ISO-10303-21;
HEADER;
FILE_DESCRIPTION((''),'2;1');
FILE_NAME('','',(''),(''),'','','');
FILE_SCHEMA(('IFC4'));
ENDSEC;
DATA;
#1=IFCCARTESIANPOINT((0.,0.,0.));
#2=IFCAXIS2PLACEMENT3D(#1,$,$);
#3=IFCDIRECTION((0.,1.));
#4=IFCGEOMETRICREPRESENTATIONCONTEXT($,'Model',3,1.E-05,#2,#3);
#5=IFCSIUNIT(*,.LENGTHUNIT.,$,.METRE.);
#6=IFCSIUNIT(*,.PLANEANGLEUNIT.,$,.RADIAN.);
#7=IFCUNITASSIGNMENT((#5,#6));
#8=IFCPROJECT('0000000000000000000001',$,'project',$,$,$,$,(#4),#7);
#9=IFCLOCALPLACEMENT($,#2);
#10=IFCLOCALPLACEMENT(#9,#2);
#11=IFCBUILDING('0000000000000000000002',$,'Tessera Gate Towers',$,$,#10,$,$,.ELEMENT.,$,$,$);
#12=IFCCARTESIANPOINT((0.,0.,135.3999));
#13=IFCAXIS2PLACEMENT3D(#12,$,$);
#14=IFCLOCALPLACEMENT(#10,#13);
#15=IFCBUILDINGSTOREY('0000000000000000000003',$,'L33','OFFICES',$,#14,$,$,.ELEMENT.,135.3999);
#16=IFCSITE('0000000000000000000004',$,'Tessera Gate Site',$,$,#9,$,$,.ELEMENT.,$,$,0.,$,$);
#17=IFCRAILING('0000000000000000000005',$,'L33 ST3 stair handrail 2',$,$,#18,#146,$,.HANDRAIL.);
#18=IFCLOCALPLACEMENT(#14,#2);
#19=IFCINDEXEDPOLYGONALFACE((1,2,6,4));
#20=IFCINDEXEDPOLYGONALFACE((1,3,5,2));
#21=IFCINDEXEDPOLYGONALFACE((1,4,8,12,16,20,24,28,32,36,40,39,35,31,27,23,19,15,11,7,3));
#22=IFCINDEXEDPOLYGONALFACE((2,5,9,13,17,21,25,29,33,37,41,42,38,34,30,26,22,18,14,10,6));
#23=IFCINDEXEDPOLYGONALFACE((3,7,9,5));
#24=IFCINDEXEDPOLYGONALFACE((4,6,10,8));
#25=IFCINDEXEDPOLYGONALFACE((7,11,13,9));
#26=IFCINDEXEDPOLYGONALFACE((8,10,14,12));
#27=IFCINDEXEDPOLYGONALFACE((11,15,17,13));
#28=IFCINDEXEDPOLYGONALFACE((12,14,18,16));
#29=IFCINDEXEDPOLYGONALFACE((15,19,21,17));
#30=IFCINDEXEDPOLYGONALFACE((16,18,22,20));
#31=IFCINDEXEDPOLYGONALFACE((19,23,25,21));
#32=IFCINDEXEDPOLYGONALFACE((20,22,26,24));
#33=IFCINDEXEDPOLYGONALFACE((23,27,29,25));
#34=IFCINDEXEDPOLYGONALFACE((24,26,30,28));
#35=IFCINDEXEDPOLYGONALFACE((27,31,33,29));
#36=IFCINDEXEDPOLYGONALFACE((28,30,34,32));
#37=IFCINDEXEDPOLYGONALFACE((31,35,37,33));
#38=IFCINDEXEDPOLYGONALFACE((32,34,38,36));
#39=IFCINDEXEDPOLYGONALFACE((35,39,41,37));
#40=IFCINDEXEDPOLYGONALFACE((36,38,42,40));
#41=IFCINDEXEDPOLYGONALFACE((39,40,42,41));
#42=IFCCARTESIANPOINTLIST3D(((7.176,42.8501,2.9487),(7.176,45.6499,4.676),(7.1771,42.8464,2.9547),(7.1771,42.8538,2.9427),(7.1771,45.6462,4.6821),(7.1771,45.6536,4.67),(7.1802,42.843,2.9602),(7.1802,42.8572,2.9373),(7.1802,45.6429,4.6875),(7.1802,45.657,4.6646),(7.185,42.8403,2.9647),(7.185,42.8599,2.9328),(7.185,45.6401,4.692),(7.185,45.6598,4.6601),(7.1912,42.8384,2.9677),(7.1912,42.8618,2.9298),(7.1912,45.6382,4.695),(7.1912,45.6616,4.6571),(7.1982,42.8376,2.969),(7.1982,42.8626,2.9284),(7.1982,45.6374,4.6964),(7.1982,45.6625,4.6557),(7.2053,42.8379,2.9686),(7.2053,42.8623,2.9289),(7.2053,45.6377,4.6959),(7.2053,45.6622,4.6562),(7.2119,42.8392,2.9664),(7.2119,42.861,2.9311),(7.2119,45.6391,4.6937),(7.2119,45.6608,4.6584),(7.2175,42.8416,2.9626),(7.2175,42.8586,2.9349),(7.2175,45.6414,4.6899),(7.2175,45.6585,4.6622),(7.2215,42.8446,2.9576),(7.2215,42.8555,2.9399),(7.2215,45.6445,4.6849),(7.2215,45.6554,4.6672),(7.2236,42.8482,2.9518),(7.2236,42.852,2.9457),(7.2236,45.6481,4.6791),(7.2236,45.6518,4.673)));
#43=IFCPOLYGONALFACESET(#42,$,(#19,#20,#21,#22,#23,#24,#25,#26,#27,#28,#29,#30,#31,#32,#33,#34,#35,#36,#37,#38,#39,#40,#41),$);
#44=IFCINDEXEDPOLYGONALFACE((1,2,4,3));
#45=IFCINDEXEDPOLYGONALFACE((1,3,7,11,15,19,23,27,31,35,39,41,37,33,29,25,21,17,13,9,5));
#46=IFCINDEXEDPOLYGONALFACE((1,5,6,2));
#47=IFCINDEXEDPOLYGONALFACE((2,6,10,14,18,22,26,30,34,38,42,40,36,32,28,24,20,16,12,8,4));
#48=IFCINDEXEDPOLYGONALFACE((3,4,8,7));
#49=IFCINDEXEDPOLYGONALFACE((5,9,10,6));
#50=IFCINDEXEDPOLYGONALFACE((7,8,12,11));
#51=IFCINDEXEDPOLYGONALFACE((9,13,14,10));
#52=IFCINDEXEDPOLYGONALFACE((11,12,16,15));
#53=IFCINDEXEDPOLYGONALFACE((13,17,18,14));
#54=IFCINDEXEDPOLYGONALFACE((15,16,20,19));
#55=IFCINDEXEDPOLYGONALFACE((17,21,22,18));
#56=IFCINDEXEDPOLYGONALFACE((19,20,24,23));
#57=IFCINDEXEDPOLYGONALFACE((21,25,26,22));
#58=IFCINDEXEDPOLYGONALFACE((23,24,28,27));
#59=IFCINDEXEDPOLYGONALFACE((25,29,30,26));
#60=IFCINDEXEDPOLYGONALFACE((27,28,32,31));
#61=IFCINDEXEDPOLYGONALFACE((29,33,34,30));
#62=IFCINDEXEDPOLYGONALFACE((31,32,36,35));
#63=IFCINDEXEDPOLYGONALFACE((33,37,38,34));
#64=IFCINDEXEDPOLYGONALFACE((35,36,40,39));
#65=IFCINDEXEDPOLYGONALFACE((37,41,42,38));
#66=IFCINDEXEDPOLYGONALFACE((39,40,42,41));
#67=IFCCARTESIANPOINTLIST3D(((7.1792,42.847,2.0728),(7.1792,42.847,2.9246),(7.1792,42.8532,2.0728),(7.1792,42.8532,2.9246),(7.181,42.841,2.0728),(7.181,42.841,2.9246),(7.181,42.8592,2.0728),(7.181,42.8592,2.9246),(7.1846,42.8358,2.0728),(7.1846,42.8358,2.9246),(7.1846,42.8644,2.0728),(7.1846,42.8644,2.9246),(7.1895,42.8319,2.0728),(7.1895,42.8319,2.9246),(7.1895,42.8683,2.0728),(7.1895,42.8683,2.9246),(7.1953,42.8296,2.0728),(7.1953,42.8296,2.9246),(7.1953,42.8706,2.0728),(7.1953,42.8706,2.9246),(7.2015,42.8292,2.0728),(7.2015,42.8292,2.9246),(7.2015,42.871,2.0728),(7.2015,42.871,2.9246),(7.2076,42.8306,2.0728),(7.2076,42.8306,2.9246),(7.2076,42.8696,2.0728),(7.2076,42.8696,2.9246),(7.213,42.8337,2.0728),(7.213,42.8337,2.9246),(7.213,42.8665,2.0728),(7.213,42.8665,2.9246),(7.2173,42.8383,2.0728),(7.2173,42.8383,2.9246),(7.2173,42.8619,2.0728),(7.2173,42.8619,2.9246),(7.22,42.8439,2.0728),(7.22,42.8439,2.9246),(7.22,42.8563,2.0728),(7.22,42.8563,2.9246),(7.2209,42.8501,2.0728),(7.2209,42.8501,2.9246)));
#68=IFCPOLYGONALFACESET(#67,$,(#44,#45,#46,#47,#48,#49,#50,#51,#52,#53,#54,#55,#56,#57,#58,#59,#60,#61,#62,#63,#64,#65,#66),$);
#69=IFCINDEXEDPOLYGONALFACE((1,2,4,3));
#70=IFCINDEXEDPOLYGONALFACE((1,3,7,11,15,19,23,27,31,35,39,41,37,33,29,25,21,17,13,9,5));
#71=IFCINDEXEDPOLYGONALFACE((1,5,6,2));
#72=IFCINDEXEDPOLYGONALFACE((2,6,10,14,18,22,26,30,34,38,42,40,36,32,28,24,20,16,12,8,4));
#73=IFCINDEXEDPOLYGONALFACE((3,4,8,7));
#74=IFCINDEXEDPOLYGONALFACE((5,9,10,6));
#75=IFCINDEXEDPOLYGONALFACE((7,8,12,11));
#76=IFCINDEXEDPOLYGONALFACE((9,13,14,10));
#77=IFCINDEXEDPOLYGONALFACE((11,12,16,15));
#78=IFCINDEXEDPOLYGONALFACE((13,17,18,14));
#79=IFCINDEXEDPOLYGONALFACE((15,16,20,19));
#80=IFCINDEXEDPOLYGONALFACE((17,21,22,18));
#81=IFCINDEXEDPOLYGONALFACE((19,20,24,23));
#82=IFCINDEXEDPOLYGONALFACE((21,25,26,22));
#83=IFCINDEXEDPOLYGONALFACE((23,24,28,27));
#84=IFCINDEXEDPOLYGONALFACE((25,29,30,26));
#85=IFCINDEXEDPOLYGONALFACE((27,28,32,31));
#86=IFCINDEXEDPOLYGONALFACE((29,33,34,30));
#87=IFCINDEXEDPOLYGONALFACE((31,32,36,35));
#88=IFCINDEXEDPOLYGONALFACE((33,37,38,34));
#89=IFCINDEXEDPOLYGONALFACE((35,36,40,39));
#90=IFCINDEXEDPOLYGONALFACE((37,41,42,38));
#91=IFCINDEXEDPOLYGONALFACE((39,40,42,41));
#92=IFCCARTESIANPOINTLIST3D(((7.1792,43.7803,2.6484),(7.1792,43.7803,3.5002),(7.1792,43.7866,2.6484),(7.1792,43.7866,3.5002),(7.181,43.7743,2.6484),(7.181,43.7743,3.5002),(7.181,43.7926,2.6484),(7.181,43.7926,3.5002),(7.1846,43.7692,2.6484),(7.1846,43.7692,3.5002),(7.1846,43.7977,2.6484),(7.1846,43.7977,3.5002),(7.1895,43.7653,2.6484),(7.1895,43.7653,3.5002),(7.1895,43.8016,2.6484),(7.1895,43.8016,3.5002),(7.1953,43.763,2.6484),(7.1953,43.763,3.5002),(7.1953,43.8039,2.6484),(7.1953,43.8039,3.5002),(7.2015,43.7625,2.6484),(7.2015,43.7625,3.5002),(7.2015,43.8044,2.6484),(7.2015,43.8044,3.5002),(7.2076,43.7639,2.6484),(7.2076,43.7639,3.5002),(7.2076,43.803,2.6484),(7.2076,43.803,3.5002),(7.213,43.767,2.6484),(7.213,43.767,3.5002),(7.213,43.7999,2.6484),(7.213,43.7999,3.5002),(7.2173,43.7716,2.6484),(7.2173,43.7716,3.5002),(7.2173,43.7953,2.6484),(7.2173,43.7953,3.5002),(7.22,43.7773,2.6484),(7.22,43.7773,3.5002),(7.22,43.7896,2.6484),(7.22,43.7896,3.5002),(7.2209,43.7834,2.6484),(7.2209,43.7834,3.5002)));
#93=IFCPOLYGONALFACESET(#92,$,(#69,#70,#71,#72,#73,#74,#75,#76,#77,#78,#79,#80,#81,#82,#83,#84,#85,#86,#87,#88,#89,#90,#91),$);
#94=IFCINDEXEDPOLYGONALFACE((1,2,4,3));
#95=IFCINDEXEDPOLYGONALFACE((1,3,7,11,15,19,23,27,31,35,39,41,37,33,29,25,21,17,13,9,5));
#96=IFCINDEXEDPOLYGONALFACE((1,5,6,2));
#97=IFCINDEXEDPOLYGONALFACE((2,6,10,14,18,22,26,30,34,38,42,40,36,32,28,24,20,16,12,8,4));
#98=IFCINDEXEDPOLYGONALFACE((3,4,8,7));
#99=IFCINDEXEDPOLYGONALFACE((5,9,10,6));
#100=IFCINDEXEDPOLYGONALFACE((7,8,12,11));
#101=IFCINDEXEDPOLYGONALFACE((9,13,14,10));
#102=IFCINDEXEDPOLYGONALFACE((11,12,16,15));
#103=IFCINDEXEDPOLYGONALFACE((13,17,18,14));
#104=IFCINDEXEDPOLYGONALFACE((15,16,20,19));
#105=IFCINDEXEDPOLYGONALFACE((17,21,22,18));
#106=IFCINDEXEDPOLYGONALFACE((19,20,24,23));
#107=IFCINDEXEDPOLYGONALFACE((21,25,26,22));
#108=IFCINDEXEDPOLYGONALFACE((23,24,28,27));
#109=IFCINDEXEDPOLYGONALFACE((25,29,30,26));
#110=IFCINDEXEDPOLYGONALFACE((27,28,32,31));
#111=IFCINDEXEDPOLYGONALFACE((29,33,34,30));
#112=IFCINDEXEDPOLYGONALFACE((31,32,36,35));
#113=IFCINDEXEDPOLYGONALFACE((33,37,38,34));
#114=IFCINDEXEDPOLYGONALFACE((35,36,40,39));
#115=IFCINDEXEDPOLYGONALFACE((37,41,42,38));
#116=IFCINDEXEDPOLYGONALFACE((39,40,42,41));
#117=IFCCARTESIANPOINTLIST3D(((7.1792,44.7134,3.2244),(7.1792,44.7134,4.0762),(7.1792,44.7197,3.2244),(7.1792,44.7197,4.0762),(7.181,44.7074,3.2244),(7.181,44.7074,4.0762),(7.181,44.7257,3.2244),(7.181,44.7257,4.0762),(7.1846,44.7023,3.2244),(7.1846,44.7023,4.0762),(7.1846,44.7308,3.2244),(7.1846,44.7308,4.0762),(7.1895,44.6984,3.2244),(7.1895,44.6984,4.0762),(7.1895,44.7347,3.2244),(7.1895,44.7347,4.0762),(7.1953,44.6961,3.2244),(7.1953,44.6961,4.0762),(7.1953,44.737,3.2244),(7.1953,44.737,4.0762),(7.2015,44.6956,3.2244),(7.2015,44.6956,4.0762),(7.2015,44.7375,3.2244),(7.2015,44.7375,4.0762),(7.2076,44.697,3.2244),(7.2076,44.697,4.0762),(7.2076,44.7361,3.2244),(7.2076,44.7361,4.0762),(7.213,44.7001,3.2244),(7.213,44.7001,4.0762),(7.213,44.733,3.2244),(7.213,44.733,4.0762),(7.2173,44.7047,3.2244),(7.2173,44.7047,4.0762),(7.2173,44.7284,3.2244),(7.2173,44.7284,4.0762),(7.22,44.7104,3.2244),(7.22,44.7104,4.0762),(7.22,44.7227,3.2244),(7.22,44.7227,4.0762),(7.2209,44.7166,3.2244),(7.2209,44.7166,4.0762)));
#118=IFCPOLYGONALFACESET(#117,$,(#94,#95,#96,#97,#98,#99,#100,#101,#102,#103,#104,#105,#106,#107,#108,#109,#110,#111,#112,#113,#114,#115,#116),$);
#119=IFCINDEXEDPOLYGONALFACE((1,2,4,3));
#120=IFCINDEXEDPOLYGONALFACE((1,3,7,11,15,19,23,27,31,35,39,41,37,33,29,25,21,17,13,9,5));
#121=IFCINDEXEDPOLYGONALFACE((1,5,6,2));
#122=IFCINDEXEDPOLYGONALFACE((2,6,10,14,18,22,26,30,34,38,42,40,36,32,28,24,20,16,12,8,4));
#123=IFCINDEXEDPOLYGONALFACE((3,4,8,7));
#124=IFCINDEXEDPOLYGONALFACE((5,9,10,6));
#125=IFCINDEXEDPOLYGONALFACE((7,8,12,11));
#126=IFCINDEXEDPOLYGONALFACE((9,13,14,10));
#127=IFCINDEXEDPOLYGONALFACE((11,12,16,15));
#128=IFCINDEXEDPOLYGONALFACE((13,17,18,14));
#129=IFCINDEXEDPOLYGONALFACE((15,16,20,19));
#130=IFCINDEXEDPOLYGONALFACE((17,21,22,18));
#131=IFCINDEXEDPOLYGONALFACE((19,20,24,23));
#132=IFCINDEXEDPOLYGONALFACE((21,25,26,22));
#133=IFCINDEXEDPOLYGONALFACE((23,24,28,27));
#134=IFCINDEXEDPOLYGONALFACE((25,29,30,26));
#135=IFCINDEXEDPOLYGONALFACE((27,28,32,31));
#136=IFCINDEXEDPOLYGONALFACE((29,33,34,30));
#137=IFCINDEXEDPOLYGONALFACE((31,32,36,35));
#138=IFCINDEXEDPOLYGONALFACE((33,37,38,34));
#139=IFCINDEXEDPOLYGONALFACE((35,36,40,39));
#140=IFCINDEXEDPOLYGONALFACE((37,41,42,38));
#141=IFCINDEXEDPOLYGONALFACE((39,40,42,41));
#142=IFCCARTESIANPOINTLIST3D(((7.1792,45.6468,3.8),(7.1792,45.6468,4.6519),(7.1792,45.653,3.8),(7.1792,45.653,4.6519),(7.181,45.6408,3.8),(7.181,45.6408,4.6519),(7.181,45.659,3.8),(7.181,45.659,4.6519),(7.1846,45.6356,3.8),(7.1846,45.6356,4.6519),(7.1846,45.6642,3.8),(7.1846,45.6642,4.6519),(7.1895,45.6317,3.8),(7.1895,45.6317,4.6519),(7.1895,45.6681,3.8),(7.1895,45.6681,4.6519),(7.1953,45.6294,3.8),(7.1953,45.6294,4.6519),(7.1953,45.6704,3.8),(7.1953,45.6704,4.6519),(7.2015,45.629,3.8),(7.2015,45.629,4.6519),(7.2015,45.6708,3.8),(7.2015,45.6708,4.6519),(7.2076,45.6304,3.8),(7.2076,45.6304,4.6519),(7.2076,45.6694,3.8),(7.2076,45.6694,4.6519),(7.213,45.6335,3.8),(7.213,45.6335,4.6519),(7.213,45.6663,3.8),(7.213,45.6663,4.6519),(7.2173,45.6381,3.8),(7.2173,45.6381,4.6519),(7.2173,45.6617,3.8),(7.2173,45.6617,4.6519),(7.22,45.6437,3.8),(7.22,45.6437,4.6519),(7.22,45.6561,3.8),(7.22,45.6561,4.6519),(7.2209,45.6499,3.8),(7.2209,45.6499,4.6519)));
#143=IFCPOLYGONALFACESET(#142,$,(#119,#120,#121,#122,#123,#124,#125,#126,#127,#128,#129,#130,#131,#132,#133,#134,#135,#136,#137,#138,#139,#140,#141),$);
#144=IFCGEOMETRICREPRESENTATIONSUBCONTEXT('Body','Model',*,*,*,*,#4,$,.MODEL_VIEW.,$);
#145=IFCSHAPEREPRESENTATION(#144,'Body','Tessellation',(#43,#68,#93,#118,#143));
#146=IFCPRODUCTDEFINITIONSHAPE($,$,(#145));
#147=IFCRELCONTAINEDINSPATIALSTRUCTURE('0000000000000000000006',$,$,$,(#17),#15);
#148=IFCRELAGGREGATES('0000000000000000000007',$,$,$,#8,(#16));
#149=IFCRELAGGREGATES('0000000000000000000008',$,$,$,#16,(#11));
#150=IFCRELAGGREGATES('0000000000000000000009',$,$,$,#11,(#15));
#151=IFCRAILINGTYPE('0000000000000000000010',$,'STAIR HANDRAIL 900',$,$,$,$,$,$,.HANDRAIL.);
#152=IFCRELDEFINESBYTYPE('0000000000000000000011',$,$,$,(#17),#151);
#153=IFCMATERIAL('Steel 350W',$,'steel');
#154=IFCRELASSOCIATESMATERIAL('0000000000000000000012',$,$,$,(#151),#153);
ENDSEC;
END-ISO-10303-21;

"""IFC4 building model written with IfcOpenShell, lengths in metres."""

from ifc_helpers import new_model, si_unit, direction, frame, origin, origin_2d, place, context, subcontext, project, spatial, circle, extrude, material, type_object, element, save


model = new_model("IFC4")

# Units and contexts
model_context = context("Model", 3, precision=1e-05, world=origin(), true_north=direction((0.0, 1.0)))
body_context = subcontext(model_context, "Body", "Model", "MODEL_VIEW")
ifc_project = project(units=[si_unit("LENGTHUNIT", "METRE"), si_unit("PLANEANGLEUNIT", "RADIAN")], contexts=[model_context])

# Site, building, storey
site_placement = place(None, origin())
site = spatial("IfcSite", under=ifc_project, at=site_placement, Name="Tessera Gate Site", CompositionType="ELEMENT", RefElevation=0.0)
building_placement = place(site_placement, origin())
building = spatial("IfcBuilding", under=site, at=building_placement, Name="Tessera Gate Towers", CompositionType="ELEMENT")
storey_placement = place(building_placement, frame((0.0, 0.0, 135.3999)))
storey = spatial("IfcBuildingStorey", under=building, at=storey_placement, Name="L33", Description="OFFICES", CompositionType="ELEMENT", Elevation=135.3999)

# Railing
ifc_material_1 = material(Name="Steel 350W", Category="steel")
railing_type_1 = type_object("IfcRailingType", Name="STAIR HANDRAIL 900", PredefinedType="HANDRAIL", material=ifc_material_1)
railing_1_placement = place(storey_placement, frame((7.2, 42.8501, 2.0728)))
element("IfcRailing", 1, at=railing_1_placement, inside=storey, type_object=railing_type_1, Name="L33 ST3 stair handrail 2", PredefinedType="HANDRAIL", context=body_context, shape_type="SweptSolid", body=[
    extrude(circle(Radius=0.0239, at=origin_2d()), frame((0.0, 0.0, 0.876), z_axis=(0.0, 0.851069, 0.525054), x_axis=(-1.0, 0.0, 0.0)), (0.0, 0.0, 1.0), 3.2898),
    extrude(circle(Radius=0.021, at=origin_2d()), origin(), (0.0, 0.0, 1.0), 0.8518),
    extrude(circle(Radius=0.021, at=origin_2d()), frame((0.0, 0.9333, 0.5757)), (0.0, 0.0, 1.0), 0.8518),
    extrude(circle(Radius=0.021, at=origin_2d()), frame((0.0, 1.8665, 1.1516)), (0.0, 0.0, 1.0), 0.8518),
    extrude(circle(Radius=0.021, at=origin_2d()), frame((0.0, 2.7998, 1.7273)), (0.0, 0.0, 1.0), 0.8518),
])

save(model, "model.ifc")
